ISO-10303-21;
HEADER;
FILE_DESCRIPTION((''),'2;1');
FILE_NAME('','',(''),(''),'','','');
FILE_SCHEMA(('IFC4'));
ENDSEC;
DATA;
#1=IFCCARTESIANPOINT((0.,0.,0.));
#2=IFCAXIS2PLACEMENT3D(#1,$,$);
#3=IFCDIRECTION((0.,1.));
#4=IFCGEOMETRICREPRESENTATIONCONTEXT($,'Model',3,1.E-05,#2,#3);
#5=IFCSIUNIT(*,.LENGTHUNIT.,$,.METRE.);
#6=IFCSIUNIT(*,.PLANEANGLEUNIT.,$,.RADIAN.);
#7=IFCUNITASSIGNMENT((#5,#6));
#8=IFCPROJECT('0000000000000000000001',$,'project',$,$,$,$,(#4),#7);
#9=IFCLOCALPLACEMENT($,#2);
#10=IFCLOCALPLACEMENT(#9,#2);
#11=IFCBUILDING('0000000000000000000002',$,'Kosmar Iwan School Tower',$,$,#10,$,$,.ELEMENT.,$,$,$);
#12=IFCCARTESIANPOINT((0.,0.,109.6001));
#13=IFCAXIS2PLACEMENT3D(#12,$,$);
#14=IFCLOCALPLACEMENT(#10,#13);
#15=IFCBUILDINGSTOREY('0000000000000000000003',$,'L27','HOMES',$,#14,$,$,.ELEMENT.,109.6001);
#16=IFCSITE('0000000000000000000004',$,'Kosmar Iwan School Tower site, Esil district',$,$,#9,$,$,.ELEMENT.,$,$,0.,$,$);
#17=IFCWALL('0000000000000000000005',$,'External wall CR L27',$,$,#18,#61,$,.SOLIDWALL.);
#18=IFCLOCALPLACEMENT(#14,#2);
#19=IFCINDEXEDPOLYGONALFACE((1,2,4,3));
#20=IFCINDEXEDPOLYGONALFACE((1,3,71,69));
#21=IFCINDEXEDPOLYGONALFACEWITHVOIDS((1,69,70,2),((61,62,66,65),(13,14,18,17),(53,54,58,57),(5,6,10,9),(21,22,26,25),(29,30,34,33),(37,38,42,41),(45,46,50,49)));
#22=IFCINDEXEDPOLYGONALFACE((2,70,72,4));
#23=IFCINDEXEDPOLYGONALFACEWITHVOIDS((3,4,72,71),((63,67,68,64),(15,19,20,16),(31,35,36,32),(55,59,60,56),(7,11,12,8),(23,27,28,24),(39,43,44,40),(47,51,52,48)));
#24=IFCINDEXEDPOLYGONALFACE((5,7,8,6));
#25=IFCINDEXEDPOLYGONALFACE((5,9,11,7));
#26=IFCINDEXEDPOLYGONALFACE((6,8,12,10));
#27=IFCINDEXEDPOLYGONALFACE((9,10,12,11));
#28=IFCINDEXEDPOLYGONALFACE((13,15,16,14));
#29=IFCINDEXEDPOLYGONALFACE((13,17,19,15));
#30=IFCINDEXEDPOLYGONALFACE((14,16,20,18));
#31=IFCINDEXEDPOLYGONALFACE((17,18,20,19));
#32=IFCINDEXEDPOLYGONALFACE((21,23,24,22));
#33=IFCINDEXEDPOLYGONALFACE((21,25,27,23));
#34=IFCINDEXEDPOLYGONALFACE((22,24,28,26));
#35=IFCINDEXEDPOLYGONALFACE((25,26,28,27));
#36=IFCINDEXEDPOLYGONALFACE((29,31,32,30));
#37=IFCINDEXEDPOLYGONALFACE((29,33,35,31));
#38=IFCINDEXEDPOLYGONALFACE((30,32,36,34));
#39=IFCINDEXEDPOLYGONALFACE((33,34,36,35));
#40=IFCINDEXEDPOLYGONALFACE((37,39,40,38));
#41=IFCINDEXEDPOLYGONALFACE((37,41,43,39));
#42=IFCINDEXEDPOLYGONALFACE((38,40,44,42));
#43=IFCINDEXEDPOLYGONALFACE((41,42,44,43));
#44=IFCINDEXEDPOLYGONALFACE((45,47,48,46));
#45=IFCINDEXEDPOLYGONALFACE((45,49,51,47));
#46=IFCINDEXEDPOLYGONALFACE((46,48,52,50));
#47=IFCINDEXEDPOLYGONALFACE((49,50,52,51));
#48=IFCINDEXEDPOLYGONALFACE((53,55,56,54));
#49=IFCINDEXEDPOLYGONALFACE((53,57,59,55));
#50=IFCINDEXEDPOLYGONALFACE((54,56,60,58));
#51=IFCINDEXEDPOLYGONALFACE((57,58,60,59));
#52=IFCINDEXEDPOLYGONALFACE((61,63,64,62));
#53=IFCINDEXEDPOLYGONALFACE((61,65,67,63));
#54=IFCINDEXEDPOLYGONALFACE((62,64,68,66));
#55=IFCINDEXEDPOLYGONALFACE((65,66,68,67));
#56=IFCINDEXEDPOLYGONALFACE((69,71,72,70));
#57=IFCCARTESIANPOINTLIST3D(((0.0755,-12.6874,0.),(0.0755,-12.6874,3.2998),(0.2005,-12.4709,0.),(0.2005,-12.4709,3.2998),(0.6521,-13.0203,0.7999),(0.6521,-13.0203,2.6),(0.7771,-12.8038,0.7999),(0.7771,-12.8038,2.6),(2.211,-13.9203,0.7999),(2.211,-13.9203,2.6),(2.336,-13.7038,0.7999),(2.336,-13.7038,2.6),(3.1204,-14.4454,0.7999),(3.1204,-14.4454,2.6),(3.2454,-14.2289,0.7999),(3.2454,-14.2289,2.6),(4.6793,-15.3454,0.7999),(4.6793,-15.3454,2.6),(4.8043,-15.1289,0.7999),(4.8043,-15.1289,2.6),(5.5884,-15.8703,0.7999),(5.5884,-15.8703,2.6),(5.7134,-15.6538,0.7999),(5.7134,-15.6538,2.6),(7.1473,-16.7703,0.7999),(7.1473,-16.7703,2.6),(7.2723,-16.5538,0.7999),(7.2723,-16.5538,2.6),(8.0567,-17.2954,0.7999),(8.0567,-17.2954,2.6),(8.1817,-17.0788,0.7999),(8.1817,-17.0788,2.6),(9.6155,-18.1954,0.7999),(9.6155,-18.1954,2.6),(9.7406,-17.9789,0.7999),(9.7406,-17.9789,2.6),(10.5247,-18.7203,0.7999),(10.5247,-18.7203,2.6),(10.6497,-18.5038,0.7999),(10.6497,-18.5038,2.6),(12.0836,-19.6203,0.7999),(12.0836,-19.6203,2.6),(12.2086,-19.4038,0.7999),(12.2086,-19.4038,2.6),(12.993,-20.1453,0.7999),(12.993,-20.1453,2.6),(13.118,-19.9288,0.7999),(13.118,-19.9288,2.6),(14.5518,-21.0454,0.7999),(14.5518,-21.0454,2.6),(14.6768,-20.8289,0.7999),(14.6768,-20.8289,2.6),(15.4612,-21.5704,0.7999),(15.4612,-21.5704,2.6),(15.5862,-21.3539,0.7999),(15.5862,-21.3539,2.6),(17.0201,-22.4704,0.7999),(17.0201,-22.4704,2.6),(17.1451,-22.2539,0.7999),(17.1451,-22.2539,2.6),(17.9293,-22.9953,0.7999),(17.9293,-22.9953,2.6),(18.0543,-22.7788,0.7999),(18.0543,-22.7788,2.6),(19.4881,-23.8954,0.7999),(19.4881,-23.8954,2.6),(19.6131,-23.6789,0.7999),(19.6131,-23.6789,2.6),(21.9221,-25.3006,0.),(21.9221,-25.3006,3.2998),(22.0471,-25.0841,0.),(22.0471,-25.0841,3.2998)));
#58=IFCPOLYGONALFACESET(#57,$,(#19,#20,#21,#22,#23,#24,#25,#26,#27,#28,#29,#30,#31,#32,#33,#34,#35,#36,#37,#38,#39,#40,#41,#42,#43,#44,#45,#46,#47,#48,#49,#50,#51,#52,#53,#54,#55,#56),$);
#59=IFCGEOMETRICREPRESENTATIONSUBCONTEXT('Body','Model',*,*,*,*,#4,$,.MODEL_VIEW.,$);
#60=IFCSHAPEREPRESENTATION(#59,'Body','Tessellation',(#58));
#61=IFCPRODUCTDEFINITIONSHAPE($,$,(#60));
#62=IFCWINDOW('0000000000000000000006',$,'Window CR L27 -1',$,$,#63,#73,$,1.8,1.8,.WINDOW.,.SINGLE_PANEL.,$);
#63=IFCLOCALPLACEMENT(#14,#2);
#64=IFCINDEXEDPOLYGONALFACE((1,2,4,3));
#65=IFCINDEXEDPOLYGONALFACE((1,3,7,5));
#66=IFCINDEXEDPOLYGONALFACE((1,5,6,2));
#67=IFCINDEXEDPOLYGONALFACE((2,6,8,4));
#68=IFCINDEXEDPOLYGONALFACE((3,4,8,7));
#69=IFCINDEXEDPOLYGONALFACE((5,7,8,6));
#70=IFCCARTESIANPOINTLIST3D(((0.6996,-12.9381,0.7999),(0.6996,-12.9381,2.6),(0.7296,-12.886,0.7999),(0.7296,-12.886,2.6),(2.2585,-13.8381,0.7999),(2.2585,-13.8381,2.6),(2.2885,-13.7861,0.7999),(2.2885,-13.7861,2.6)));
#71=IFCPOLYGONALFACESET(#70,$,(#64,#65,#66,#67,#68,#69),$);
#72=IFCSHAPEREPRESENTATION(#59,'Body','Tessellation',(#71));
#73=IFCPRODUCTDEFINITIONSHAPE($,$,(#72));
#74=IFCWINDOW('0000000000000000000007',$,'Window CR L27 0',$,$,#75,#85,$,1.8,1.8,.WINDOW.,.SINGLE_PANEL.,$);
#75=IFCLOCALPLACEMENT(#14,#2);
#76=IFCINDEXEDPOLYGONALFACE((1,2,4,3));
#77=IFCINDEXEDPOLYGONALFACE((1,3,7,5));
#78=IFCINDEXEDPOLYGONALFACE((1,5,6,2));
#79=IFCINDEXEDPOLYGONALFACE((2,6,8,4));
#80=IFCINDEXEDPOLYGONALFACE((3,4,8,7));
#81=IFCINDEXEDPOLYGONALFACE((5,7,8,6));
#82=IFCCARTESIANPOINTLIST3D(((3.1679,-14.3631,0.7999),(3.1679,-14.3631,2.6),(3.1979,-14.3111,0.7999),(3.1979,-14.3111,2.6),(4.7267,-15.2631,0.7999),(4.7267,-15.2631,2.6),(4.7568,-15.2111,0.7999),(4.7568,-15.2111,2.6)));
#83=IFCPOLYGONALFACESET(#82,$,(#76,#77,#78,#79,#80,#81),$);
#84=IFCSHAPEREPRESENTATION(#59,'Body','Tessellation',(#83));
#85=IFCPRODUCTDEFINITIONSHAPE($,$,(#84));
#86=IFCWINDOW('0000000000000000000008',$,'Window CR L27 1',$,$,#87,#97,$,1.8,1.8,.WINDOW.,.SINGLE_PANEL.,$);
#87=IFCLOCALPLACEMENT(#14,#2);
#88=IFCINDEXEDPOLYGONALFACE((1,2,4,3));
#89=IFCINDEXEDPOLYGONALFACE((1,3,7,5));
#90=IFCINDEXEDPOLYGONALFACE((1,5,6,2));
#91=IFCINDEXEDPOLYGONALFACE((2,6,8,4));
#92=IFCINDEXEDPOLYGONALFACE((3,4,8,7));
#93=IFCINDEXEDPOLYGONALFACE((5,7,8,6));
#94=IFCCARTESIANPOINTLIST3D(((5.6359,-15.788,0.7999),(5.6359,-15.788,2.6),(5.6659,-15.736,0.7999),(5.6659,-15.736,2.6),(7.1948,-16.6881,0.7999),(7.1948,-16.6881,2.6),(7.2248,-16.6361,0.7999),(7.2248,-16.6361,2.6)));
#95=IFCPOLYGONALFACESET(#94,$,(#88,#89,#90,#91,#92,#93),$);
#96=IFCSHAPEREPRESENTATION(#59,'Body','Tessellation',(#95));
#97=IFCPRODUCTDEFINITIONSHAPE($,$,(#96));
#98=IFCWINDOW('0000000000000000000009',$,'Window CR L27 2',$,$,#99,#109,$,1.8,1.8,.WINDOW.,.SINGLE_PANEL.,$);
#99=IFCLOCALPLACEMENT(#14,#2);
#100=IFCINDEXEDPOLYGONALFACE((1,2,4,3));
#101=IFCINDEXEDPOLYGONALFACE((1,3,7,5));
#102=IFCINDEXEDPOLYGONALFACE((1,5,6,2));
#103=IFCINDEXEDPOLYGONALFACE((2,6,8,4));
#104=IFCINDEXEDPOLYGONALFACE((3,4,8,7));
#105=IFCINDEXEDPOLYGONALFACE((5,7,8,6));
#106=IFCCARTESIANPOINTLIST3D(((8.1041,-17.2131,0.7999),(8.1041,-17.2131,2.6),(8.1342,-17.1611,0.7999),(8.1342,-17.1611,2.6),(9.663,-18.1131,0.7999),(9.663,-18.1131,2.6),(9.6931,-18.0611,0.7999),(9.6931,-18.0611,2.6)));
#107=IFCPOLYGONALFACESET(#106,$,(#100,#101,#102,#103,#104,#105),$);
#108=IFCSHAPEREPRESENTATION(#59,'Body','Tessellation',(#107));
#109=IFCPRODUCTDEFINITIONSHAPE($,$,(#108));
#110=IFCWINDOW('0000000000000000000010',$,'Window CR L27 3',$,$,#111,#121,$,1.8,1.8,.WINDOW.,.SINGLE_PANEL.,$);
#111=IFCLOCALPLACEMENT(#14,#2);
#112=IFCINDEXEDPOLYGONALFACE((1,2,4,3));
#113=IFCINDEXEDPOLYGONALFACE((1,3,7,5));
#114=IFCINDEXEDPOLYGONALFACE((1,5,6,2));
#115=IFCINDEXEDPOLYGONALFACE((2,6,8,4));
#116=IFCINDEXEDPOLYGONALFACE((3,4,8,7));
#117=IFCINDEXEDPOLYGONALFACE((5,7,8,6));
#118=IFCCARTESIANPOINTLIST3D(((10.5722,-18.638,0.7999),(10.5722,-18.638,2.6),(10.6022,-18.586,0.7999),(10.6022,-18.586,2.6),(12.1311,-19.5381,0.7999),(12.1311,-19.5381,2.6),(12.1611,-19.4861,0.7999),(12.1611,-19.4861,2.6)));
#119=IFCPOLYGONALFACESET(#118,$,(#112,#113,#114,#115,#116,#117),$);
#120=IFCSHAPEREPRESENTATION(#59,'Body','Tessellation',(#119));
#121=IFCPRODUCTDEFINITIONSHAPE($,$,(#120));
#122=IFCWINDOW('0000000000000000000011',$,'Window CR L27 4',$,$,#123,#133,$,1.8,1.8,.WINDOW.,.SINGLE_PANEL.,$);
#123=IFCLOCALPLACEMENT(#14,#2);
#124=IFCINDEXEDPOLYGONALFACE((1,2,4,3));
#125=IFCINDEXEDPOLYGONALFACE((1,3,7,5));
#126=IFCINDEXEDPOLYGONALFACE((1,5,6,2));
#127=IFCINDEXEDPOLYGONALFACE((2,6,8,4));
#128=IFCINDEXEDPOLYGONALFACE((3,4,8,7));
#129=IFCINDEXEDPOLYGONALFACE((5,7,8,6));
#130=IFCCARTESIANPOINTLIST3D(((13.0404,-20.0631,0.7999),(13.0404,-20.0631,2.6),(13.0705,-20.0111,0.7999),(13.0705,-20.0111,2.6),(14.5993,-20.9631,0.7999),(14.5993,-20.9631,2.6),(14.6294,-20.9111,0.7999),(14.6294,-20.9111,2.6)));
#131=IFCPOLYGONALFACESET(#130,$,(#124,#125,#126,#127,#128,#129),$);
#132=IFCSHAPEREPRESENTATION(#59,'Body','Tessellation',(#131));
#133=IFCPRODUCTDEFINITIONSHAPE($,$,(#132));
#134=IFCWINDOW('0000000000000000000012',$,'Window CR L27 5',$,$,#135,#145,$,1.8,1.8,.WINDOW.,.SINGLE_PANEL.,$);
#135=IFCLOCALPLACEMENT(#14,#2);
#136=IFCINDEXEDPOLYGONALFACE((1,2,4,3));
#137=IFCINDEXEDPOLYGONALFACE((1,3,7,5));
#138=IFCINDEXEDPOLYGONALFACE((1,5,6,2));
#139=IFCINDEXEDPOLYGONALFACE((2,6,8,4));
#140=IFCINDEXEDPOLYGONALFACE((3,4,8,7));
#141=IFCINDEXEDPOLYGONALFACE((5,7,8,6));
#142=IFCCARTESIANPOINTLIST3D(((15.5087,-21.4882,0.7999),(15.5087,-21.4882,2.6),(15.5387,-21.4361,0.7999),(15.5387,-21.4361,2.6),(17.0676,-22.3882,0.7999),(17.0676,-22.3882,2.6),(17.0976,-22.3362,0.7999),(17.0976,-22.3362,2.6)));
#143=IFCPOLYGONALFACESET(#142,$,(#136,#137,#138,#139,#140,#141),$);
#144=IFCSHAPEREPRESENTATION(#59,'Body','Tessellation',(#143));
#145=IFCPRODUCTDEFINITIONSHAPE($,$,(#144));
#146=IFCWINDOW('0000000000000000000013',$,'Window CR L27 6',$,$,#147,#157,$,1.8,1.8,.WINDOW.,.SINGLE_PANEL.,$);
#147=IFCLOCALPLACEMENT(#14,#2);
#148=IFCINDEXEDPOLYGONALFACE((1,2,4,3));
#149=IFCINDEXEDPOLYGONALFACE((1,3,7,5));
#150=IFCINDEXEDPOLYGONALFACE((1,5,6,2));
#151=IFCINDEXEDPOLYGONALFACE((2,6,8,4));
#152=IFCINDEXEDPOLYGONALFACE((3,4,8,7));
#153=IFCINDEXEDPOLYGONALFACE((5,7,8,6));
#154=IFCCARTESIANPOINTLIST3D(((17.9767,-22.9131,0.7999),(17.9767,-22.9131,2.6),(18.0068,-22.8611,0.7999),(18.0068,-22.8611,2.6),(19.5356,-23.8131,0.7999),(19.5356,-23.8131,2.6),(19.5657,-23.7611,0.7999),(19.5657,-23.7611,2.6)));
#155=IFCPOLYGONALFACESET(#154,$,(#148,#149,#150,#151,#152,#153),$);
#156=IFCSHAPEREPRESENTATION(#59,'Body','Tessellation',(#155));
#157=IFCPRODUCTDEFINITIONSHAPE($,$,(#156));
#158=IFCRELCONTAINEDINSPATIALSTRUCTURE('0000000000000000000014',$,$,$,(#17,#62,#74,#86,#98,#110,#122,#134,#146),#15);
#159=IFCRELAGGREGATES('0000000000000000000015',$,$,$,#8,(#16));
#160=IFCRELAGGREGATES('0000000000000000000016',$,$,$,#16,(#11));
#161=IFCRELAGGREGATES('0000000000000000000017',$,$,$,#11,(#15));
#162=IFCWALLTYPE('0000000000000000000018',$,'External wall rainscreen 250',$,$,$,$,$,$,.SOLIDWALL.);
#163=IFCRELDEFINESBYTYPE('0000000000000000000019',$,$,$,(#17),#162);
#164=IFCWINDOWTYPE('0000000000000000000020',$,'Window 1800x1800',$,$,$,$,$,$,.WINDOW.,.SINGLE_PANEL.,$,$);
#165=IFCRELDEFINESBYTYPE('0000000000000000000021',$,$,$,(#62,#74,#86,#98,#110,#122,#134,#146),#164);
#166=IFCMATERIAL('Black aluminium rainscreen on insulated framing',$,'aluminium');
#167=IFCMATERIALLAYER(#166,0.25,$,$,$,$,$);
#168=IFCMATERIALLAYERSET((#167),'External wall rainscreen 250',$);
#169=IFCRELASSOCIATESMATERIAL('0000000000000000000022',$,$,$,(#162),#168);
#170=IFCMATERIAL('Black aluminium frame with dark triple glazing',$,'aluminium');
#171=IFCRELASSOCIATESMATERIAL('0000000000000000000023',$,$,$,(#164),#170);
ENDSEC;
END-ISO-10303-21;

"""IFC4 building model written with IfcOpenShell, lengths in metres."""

from ifc_helpers import new_model, si_unit, direction, frame, frame_2d, origin, place, context, subcontext, project, spatial, rectangle, extrude, material, layer, layer_set, type_object, element, fill, save


model = new_model("IFC4")

# Units and contexts
model_context = context("Model", 3, precision=1e-05, world=origin(), true_north=direction((0.0, 1.0)))
body_context = subcontext(model_context, "Body", "Model", "MODEL_VIEW")
ifc_project = project(units=[si_unit("LENGTHUNIT", "METRE"), si_unit("PLANEANGLEUNIT", "RADIAN")], contexts=[model_context])

# Site, building, storey
site_placement = place(None, origin())
site = spatial("IfcSite", under=ifc_project, at=site_placement, Name="Kosmar Iwan School Tower site, Esil district", CompositionType="ELEMENT", RefElevation=0.0)
building_placement = place(site_placement, origin())
building = spatial("IfcBuilding", under=site, at=building_placement, Name="Kosmar Iwan School Tower", CompositionType="ELEMENT")
storey_placement = place(building_placement, frame((0.0, 0.0, 109.6001)))
storey = spatial("IfcBuildingStorey", under=building, at=storey_placement, Name="L27", Description="HOMES", CompositionType="ELEMENT", Elevation=109.6001)

# Wall, openings, windows
ifc_material_1 = material(Name="Black aluminium rainscreen on insulated framing", Category="aluminium")
ifc_layer_1 = layer(ifc_material_1, 0.25)
ifc_layer_set_1 = layer_set([ifc_layer_1], Name="External wall rainscreen 250")
wall_type_1 = type_object("IfcWallType", Name="External wall rainscreen 250", PredefinedType="SOLIDWALL", material=ifc_layer_set_1)
wall_1_placement = place(storey_placement, frame((0.1379, -12.5791, 0.0), z_axis=(0.0, 0.0, 1.0), x_axis=(0.866024, -0.500003, 0.0)))
wall_1 = element("IfcWall", 1, at=wall_1_placement, inside=storey, type_object=wall_type_1, Name="External wall CR L27", PredefinedType="SOLIDWALL", context=body_context, shape_type="SweptSolid", body=[
    extrude(rectangle(XDim=25.2263, YDim=0.25, at=frame_2d((12.6133, 0.0))), origin(), (0.0, 0.0, 1.0), 3.2998),
])
opening_1_placement = place(wall_1_placement, frame((0.666, 0.0, 0.8)))
opening_1 = element("IfcOpeningElement", 2, at=opening_1_placement, cuts=wall_1, PredefinedType="OPENING", context=body_context, shape_type="SweptSolid", body=[
    extrude(rectangle(XDim=1.8, YDim=1.8, at=frame_2d((0.8999, 0.8999))), frame((0.0, 0.137, 0.0), z_axis=(0.0, -1.0, 0.0), x_axis=(1.0, 0.0, 0.0)), (0.0, 0.0, 1.0), 0.2739),
])
opening_2_placement = place(wall_1_placement, frame((3.5161, 0.0, 0.8)))
opening_2 = element("IfcOpeningElement", 3, at=opening_2_placement, cuts=wall_1, PredefinedType="OPENING", context=body_context, shape_type="SweptSolid", body=[
    extrude(rectangle(XDim=1.8, YDim=1.8, at=frame_2d((0.8999, 0.8999))), frame((0.0, 0.137, 0.0), z_axis=(0.0, -1.0, 0.0), x_axis=(1.0, 0.0, 0.0)), (0.0, 0.0, 1.0), 0.2739),
])
opening_3_placement = place(wall_1_placement, frame((6.366, 0.0, 0.8)))
opening_3 = element("IfcOpeningElement", 4, at=opening_3_placement, cuts=wall_1, PredefinedType="OPENING", context=body_context, shape_type="SweptSolid", body=[
    extrude(rectangle(XDim=1.8, YDim=1.8, at=frame_2d((0.8999, 0.8999))), frame((0.0, 0.137, 0.0), z_axis=(0.0, -1.0, 0.0), x_axis=(1.0, 0.0, 0.0)), (0.0, 0.0, 1.0), 0.2739),
])
opening_4_placement = place(wall_1_placement, frame((9.2161, 0.0, 0.8)))
opening_4 = element("IfcOpeningElement", 5, at=opening_4_placement, cuts=wall_1, PredefinedType="OPENING", context=body_context, shape_type="SweptSolid", body=[
    extrude(rectangle(XDim=1.8, YDim=1.8, at=frame_2d((0.8999, 0.8999))), frame((0.0, 0.137, 0.0), z_axis=(0.0, -1.0, 0.0), x_axis=(1.0, 0.0, 0.0)), (0.0, 0.0, 1.0), 0.2739),
])
opening_5_placement = place(wall_1_placement, frame((12.0659, 0.0, 0.8)))
opening_5 = element("IfcOpeningElement", 6, at=opening_5_placement, cuts=wall_1, PredefinedType="OPENING", context=body_context, shape_type="SweptSolid", body=[
    extrude(rectangle(XDim=1.8, YDim=1.8, at=frame_2d((0.8999, 0.8999))), frame((0.0, 0.137, 0.0), z_axis=(0.0, -1.0, 0.0), x_axis=(1.0, 0.0, 0.0)), (0.0, 0.0, 1.0), 0.2739),
])
opening_6_placement = place(wall_1_placement, frame((14.916, 0.0, 0.8)))
opening_6 = element("IfcOpeningElement", 7, at=opening_6_placement, cuts=wall_1, PredefinedType="OPENING", context=body_context, shape_type="SweptSolid", body=[
    extrude(rectangle(XDim=1.8, YDim=1.8, at=frame_2d((0.8999, 0.8999))), frame((0.0, 0.137, 0.0), z_axis=(0.0, -1.0, 0.0), x_axis=(1.0, 0.0, 0.0)), (0.0, 0.0, 1.0), 0.2739),
])
opening_7_placement = place(wall_1_placement, frame((17.7661, 0.0, 0.8)))
opening_7 = element("IfcOpeningElement", 8, at=opening_7_placement, cuts=wall_1, PredefinedType="OPENING", context=body_context, shape_type="SweptSolid", body=[
    extrude(rectangle(XDim=1.8, YDim=1.8, at=frame_2d((0.8999, 0.8999))), frame((0.0, 0.137, 0.0), z_axis=(0.0, -1.0, 0.0), x_axis=(1.0, 0.0, 0.0)), (0.0, 0.0, 1.0), 0.2739),
])
opening_8_placement = place(wall_1_placement, frame((20.616, 0.0, 0.8)))
opening_8 = element("IfcOpeningElement", 9, at=opening_8_placement, cuts=wall_1, PredefinedType="OPENING", context=body_context, shape_type="SweptSolid", body=[
    extrude(rectangle(XDim=1.8, YDim=1.8, at=frame_2d((0.8999, 0.8999))), frame((0.0, 0.137, 0.0), z_axis=(0.0, -1.0, 0.0), x_axis=(1.0, 0.0, 0.0)), (0.0, 0.0, 1.0), 0.2739),
])
ifc_material_2 = material(Name="Black aluminium frame with dark triple glazing", Category="aluminium")
window_type = type_object("IfcWindowType", Name="Window 1800x1800", PartitioningType="SINGLE_PANEL", PredefinedType="WINDOW", material=ifc_material_2)
window_1_placement = place(opening_1_placement, origin())
window_1 = element("IfcWindow", 10, at=window_1_placement, inside=storey, type_object=window_type, Name="Window CR L27 -1", OverallHeight=1.8, OverallWidth=1.8, PartitioningType="SINGLE_PANEL", PredefinedType="WINDOW", context=body_context, shape_type="SweptSolid", body=[
    extrude(rectangle(XDim=1.8, YDim=1.8, at=frame_2d((0.8999, 0.8999))), frame((0.0, 0.03, 0.0), z_axis=(0.0, -1.0, 0.0), x_axis=(1.0, 0.0, 0.0)), (0.0, 0.0, 1.0), 0.0601),
])
fill(opening_1, window_1)
window_2_placement = place(opening_2_placement, origin())
window_2 = element("IfcWindow", 11, at=window_2_placement, inside=storey, type_object=window_type, Name="Window CR L27 0", OverallHeight=1.8, OverallWidth=1.8, PartitioningType="SINGLE_PANEL", PredefinedType="WINDOW", context=body_context, shape_type="SweptSolid", body=[
    extrude(rectangle(XDim=1.8, YDim=1.8, at=frame_2d((0.8999, 0.8999))), frame((0.0, 0.03, 0.0), z_axis=(0.0, -1.0, 0.0), x_axis=(1.0, 0.0, 0.0)), (0.0, 0.0, 1.0), 0.0601),
])
fill(opening_2, window_2)
window_3_placement = place(opening_3_placement, origin())
window_3 = element("IfcWindow", 12, at=window_3_placement, inside=storey, type_object=window_type, Name="Window CR L27 1", OverallHeight=1.8, OverallWidth=1.8, PartitioningType="SINGLE_PANEL", PredefinedType="WINDOW", context=body_context, shape_type="SweptSolid", body=[
    extrude(rectangle(XDim=1.8, YDim=1.8, at=frame_2d((0.8999, 0.8999))), frame((0.0, 0.03, 0.0), z_axis=(0.0, -1.0, 0.0), x_axis=(1.0, 0.0, 0.0)), (0.0, 0.0, 1.0), 0.0601),
])
fill(opening_3, window_3)
window_4_placement = place(opening_4_placement, origin())
window_4 = element("IfcWindow", 13, at=window_4_placement, inside=storey, type_object=window_type, Name="Window CR L27 2", OverallHeight=1.8, OverallWidth=1.8, PartitioningType="SINGLE_PANEL", PredefinedType="WINDOW", context=body_context, shape_type="SweptSolid", body=[
    extrude(rectangle(XDim=1.8, YDim=1.8, at=frame_2d((0.8999, 0.8999))), frame((0.0, 0.03, 0.0), z_axis=(0.0, -1.0, 0.0), x_axis=(1.0, 0.0, 0.0)), (0.0, 0.0, 1.0), 0.0601),
])
fill(opening_4, window_4)
window_5_placement = place(opening_5_placement, origin())
window_5 = element("IfcWindow", 14, at=window_5_placement, inside=storey, type_object=window_type, Name="Window CR L27 3", OverallHeight=1.8, OverallWidth=1.8, PartitioningType="SINGLE_PANEL", PredefinedType="WINDOW", context=body_context, shape_type="SweptSolid", body=[
    extrude(rectangle(XDim=1.8, YDim=1.8, at=frame_2d((0.8999, 0.8999))), frame((0.0, 0.03, 0.0), z_axis=(0.0, -1.0, 0.0), x_axis=(1.0, 0.0, 0.0)), (0.0, 0.0, 1.0), 0.0601),
])
fill(opening_5, window_5)
window_6_placement = place(opening_6_placement, origin())
window_6 = element("IfcWindow", 15, at=window_6_placement, inside=storey, type_object=window_type, Name="Window CR L27 4", OverallHeight=1.8, OverallWidth=1.8, PartitioningType="SINGLE_PANEL", PredefinedType="WINDOW", context=body_context, shape_type="SweptSolid", body=[
    extrude(rectangle(XDim=1.8, YDim=1.8, at=frame_2d((0.8999, 0.8999))), frame((0.0, 0.03, 0.0), z_axis=(0.0, -1.0, 0.0), x_axis=(1.0, 0.0, 0.0)), (0.0, 0.0, 1.0), 0.0601),
])
fill(opening_6, window_6)
window_7_placement = place(opening_7_placement, origin())
window_7 = element("IfcWindow", 16, at=window_7_placement, inside=storey, type_object=window_type, Name="Window CR L27 5", OverallHeight=1.8, OverallWidth=1.8, PartitioningType="SINGLE_PANEL", PredefinedType="WINDOW", context=body_context, shape_type="SweptSolid", body=[
    extrude(rectangle(XDim=1.8, YDim=1.8, at=frame_2d((0.8999, 0.8999))), frame((0.0, 0.03, 0.0), z_axis=(0.0, -1.0, 0.0), x_axis=(1.0, 0.0, 0.0)), (0.0, 0.0, 1.0), 0.0601),
])
fill(opening_7, window_7)
window_8_placement = place(opening_8_placement, origin())
window_8 = element("IfcWindow", 17, at=window_8_placement, inside=storey, type_object=window_type, Name="Window CR L27 6", OverallHeight=1.8, OverallWidth=1.8, PartitioningType="SINGLE_PANEL", PredefinedType="WINDOW", context=body_context, shape_type="SweptSolid", body=[
    extrude(rectangle(XDim=1.8, YDim=1.8, at=frame_2d((0.8999, 0.8999))), frame((0.0, 0.03, 0.0), z_axis=(0.0, -1.0, 0.0), x_axis=(1.0, 0.0, 0.0)), (0.0, 0.0, 1.0), 0.0601),
])
fill(opening_8, window_8)

save(model, "model.ifc")
